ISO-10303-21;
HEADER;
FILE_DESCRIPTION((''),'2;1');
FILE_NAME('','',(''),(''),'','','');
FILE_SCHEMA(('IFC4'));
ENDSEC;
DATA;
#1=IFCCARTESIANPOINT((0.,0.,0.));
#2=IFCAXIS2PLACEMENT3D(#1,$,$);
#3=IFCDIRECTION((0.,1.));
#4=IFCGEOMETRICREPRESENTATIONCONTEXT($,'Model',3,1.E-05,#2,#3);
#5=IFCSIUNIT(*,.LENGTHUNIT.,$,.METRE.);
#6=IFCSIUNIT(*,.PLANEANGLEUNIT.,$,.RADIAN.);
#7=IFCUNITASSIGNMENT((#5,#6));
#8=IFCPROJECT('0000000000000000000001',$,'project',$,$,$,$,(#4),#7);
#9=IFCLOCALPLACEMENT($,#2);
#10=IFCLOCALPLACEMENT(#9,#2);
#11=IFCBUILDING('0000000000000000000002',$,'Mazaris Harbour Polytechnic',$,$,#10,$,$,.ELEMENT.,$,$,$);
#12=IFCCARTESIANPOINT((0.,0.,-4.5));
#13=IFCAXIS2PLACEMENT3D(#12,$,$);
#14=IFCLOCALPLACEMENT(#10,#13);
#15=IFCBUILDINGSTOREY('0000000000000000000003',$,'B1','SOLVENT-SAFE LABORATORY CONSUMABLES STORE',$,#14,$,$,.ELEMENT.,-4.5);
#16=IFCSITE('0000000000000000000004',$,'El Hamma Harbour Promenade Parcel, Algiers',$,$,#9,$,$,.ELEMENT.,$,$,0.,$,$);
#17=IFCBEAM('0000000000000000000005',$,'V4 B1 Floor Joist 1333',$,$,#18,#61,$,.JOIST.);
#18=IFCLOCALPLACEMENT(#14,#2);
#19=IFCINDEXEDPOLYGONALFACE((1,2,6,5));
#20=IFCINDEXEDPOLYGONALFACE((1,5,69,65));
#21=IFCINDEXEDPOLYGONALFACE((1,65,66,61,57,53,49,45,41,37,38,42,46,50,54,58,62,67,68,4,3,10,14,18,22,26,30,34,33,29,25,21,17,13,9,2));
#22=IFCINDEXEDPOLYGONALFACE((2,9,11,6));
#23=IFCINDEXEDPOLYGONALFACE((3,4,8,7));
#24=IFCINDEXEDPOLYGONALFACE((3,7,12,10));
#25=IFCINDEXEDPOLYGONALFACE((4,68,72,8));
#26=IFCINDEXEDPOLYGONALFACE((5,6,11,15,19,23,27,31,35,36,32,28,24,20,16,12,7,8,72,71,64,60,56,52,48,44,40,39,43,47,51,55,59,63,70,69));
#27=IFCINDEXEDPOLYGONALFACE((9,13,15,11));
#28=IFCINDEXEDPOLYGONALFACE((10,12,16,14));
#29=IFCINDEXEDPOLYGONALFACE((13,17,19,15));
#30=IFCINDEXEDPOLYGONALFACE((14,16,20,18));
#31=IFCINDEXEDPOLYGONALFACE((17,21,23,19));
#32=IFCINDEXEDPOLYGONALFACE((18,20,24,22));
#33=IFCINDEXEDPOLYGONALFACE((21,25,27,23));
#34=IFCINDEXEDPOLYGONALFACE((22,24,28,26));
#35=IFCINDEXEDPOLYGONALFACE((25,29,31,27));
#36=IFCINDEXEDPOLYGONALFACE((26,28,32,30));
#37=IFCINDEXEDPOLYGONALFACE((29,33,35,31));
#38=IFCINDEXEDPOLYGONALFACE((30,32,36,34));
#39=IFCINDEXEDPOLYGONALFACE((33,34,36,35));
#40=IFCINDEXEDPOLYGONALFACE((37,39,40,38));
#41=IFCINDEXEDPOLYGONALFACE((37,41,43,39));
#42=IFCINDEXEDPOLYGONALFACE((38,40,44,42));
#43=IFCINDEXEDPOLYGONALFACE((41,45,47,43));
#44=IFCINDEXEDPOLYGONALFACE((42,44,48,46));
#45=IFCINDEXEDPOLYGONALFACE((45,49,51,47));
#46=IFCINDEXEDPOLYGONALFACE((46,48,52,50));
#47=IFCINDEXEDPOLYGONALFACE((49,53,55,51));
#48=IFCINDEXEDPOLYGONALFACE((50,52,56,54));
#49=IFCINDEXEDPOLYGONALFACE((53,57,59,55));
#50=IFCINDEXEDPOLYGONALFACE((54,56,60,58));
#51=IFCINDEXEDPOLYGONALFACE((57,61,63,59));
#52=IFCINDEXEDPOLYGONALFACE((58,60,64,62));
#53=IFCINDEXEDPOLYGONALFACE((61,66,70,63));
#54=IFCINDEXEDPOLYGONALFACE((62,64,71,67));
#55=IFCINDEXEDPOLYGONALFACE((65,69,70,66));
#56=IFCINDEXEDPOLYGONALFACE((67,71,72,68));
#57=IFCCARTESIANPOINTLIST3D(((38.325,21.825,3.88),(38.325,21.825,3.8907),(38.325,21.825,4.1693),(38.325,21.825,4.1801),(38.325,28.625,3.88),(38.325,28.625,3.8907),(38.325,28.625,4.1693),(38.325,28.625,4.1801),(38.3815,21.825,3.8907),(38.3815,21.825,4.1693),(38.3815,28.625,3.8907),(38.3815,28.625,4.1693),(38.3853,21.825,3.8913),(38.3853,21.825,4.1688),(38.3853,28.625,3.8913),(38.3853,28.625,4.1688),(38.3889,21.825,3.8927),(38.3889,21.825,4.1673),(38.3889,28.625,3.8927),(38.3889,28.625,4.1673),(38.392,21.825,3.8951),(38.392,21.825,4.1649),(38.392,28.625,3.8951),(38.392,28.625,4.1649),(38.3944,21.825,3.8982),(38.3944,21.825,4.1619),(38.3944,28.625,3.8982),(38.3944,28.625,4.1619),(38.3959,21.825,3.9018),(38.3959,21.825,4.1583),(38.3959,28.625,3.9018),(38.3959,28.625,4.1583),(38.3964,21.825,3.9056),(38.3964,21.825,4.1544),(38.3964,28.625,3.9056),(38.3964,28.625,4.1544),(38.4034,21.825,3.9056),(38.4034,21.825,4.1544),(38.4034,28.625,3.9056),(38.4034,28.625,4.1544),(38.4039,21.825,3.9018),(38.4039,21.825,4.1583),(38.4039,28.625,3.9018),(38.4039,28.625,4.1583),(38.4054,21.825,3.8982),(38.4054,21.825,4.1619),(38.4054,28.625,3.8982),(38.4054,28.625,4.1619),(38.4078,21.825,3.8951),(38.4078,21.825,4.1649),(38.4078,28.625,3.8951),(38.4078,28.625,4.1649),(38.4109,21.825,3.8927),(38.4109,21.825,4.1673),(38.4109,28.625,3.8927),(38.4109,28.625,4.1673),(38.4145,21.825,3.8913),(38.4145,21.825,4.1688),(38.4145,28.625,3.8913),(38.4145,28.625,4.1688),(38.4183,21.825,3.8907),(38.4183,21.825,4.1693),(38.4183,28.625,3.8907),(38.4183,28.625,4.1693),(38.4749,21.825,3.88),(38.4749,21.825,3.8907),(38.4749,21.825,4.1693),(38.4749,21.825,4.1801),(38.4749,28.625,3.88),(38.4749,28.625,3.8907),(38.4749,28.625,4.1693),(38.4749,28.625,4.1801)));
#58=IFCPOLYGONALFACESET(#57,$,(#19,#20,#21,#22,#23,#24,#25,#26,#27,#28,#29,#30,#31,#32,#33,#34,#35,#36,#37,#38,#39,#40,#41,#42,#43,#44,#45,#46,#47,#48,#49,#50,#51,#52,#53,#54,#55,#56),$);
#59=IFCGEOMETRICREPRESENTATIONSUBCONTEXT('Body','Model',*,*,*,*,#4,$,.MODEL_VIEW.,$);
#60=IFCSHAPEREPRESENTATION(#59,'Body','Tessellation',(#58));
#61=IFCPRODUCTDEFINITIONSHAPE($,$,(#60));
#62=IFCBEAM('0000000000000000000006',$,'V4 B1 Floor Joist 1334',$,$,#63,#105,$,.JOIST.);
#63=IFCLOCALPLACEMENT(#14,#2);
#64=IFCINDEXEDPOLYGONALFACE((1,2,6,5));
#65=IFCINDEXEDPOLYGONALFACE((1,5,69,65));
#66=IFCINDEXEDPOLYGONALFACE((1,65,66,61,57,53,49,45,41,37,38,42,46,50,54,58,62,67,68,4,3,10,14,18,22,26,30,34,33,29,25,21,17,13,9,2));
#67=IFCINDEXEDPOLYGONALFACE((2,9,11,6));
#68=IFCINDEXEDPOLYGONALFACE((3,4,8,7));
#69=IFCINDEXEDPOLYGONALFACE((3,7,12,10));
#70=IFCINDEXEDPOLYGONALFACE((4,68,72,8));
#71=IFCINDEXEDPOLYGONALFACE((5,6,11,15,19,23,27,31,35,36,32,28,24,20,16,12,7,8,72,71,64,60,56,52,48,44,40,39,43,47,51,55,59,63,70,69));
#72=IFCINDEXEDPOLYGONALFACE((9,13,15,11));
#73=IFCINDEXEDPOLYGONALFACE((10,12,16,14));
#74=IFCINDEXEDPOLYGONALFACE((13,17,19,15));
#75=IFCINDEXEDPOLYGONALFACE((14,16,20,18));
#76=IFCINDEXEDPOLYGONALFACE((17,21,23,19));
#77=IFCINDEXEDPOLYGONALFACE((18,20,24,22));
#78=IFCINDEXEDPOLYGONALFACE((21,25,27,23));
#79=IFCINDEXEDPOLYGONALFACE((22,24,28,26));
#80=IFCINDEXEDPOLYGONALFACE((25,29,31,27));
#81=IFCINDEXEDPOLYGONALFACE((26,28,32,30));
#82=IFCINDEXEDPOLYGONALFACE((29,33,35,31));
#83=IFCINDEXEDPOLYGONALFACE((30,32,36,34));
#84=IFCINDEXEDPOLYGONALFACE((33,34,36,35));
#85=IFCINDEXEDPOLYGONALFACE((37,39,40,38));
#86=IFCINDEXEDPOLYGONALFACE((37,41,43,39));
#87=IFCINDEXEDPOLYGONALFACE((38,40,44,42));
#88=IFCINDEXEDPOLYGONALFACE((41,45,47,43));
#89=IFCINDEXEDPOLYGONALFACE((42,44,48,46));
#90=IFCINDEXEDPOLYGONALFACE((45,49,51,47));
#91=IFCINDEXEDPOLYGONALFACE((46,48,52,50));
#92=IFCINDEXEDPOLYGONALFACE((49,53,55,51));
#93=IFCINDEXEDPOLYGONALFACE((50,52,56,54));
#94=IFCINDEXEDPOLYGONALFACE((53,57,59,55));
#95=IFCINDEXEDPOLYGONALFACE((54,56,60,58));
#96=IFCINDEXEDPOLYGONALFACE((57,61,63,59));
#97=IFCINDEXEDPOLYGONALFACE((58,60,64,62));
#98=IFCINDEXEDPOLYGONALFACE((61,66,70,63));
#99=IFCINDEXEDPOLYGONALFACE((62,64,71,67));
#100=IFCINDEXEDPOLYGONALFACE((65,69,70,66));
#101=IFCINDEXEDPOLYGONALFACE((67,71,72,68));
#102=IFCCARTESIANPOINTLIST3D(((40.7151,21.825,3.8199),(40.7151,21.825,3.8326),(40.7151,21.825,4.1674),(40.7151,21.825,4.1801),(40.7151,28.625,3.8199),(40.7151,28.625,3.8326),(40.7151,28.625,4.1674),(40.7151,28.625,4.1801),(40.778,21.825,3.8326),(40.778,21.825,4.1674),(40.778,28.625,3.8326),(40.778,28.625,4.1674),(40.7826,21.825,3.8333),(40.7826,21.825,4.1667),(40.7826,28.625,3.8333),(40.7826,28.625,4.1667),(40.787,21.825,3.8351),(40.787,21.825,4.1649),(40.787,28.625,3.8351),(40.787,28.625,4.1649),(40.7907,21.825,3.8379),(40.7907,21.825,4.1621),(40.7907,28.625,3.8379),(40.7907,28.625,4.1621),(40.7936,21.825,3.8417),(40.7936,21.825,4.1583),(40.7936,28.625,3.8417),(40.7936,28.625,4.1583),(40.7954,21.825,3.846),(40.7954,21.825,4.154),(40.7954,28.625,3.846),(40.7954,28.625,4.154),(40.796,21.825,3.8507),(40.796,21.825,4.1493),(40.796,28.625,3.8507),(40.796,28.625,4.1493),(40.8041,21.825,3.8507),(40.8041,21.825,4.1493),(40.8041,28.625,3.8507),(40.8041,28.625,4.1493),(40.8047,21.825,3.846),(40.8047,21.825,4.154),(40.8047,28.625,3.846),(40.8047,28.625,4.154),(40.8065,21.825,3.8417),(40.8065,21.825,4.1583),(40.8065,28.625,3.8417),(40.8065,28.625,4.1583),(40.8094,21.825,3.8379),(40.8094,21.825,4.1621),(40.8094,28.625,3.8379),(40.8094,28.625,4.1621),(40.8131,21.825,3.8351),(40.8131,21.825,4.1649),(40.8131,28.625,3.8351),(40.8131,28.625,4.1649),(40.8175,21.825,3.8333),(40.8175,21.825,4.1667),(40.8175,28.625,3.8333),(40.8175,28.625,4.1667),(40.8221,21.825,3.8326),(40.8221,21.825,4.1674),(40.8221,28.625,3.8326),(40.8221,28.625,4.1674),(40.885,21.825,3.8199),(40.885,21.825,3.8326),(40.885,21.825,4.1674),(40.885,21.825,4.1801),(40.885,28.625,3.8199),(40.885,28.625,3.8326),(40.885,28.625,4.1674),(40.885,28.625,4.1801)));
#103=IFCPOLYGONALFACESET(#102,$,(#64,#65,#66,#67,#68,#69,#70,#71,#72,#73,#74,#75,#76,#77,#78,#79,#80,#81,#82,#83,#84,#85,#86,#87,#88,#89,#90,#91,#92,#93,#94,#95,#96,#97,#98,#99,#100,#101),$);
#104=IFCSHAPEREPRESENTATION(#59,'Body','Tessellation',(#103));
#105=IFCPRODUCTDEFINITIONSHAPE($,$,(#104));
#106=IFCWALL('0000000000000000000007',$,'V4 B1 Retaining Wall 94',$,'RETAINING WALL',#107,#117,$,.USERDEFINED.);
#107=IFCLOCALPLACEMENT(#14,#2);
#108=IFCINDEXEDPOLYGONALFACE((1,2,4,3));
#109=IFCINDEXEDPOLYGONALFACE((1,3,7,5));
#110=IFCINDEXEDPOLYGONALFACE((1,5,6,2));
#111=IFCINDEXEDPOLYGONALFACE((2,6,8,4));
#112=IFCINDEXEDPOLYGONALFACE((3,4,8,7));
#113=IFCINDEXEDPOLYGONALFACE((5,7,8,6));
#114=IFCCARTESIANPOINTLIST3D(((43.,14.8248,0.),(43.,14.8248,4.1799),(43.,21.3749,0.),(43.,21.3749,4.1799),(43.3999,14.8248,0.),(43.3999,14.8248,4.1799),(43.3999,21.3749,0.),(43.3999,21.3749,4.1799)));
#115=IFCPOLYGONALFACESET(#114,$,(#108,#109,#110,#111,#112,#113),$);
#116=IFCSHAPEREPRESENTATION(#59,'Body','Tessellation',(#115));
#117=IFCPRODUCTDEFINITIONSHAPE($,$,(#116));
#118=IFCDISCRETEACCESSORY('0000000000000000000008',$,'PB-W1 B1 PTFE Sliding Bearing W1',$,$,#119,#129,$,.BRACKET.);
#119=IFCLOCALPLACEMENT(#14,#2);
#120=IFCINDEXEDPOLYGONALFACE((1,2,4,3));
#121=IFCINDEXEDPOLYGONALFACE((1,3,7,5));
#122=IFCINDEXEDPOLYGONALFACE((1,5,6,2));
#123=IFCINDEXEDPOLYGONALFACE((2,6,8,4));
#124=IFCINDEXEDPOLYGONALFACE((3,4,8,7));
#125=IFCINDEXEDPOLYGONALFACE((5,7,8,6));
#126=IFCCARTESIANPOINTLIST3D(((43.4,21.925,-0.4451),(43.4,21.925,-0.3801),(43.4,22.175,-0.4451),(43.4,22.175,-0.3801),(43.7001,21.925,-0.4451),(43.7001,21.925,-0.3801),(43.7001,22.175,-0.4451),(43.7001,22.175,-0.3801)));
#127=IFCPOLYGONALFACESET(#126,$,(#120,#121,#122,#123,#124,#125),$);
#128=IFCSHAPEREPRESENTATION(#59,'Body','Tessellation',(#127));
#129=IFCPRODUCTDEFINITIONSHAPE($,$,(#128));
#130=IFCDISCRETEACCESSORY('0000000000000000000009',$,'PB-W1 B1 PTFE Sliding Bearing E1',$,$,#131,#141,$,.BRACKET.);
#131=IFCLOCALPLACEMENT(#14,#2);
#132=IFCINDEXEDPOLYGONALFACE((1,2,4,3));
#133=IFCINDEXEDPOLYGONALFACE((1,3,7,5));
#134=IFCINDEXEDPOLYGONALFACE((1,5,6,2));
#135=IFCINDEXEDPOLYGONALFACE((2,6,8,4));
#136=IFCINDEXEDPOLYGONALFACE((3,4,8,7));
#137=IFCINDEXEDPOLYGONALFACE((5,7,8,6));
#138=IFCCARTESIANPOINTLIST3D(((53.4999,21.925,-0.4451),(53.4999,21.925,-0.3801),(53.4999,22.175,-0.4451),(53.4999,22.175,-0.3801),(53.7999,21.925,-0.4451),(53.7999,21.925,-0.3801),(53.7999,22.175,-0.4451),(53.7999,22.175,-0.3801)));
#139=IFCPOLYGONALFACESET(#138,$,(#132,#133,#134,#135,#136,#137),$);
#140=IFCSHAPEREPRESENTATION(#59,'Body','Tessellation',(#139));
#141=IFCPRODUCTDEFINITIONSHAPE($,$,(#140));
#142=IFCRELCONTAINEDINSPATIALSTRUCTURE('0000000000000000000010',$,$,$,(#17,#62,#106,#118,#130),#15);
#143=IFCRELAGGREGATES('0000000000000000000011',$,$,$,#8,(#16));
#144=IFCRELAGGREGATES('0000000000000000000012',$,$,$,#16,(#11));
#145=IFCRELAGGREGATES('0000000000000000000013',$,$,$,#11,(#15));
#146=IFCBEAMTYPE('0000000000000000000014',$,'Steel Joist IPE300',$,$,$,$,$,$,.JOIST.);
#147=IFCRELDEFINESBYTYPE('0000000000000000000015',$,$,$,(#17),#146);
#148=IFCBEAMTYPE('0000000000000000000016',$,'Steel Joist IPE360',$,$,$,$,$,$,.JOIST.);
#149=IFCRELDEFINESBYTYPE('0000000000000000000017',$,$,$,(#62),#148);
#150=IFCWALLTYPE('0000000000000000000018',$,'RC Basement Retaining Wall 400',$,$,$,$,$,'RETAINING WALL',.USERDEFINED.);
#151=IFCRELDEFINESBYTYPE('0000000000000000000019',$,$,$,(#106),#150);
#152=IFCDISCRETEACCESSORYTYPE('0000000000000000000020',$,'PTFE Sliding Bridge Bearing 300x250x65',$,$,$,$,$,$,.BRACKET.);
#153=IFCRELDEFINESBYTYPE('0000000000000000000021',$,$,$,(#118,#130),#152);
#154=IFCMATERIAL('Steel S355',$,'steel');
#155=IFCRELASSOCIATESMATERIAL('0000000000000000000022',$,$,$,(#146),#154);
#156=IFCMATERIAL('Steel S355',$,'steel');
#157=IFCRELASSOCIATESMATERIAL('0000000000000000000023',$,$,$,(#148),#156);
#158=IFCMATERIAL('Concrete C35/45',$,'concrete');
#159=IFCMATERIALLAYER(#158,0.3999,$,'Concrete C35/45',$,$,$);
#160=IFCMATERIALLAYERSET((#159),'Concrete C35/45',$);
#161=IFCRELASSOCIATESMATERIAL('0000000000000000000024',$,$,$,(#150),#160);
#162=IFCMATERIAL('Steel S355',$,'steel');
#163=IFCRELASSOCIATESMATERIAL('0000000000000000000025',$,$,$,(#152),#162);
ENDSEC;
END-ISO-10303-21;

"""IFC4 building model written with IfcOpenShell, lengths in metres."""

from ifc_helpers import new_model, si_unit, direction, frame, frame_2d, origin, origin_2d, place, context, subcontext, project, spatial, rectangle, i_section, extrude, material, layer, layer_set, material_profile, profile_set, type_object, element, save


model = new_model("IFC4")

# Units and contexts
model_context = context("Model", 3, precision=1e-05, world=origin(), true_north=direction((0.0, 1.0)))
body_context = subcontext(model_context, "Body", "Model", "MODEL_VIEW")
ifc_project = project(units=[si_unit("LENGTHUNIT", "METRE"), si_unit("PLANEANGLEUNIT", "RADIAN")], contexts=[model_context])

# Site, building, storey
site_placement = place(None, origin())
site = spatial("IfcSite", under=ifc_project, at=site_placement, Name="El Hamma Harbour Promenade Parcel, Algiers", CompositionType="ELEMENT", RefElevation=0.0)
building_placement = place(site_placement, origin())
building = spatial("IfcBuilding", under=site, at=building_placement, Name="Mazaris Harbour Polytechnic", CompositionType="ELEMENT")
storey_placement = place(building_placement, frame((0.0, 0.0, -4.5)))
storey = spatial("IfcBuildingStorey", under=building, at=storey_placement, Name="B1", Description="SOLVENT-SAFE LABORATORY CONSUMABLES STORE", CompositionType="ELEMENT", Elevation=-4.5)

# Beams
ifc_material_1 = material(Name="Steel S355", Category="steel")
ifc_material_profile_1 = material_profile(ifc_material_1, i_section(OverallWidth=0.1499, OverallDepth=0.3, WebThickness=0.0071, FlangeThickness=0.0107, FilletRadius=0.0149, at=origin_2d()), Name="IPE 300")
ifc_profile_set_1 = profile_set([ifc_material_profile_1], Name="Steel S355")
beam_type_1 = type_object("IfcBeamType", Name="Steel Joist IPE300", PredefinedType="JOIST", material=ifc_profile_set_1)
beam_1_placement = place(storey_placement, frame((38.3999, 21.825, 4.03), z_axis=(0.0, 1.0, 0.0), x_axis=(-1.0, 0.0, 0.0)))
element("IfcBeam", 1, at=beam_1_placement, inside=storey, type_object=beam_type_1, Name="V4 B1 Floor Joist 1333", PredefinedType="JOIST", context=body_context, shape_type="SweptSolid", body=[
    extrude(i_section(OverallWidth=0.1499, OverallDepth=0.3, WebThickness=0.0071, FlangeThickness=0.0107, FilletRadius=0.0149, at=origin_2d()), origin(), (0.0, 0.0, 1.0), 6.8),
])
ifc_material_2 = material(Name="Steel S355", Category="steel")
ifc_material_profile_2 = material_profile(ifc_material_2, i_section(OverallWidth=0.1699, OverallDepth=0.3601, WebThickness=0.0081, FlangeThickness=0.0127, FilletRadius=0.0181, at=origin_2d()), Name="IPE 360")
ifc_profile_set_2 = profile_set([ifc_material_profile_2], Name="Steel S355")
beam_type_2 = type_object("IfcBeamType", Name="Steel Joist IPE360", PredefinedType="JOIST", material=ifc_profile_set_2)
beam_2_placement = place(storey_placement, frame((40.8, 21.825, 4.0), z_axis=(0.0, 1.0, 0.0), x_axis=(-1.0, 0.0, 0.0)))
element("IfcBeam", 2, at=beam_2_placement, inside=storey, type_object=beam_type_2, Name="V4 B1 Floor Joist 1334", PredefinedType="JOIST", context=body_context, shape_type="SweptSolid", body=[
    extrude(i_section(OverallWidth=0.1699, OverallDepth=0.3601, WebThickness=0.0081, FlangeThickness=0.0127, FilletRadius=0.0181, at=origin_2d()), origin(), (0.0, 0.0, 1.0), 6.8),
])

# Wall
ifc_material_3 = material(Name="Concrete C35/45", Category="concrete")
ifc_layer = layer(ifc_material_3, 0.3999, Name="Concrete C35/45")
ifc_layer_set = layer_set([ifc_layer], Name="Concrete C35/45")
wall_type = type_object("IfcWallType", Name="RC Basement Retaining Wall 400", ElementType="RETAINING WALL", PredefinedType="USERDEFINED", material=ifc_layer_set)
wall_placement = place(storey_placement, frame((43.2, 14.825, 0.0), z_axis=(0.0, 0.0, 1.0), x_axis=(0.0, 1.0, 0.0)))
element("IfcWall", 3, at=wall_placement, inside=storey, type_object=wall_type, Name="V4 B1 Retaining Wall 94", ObjectType="RETAINING WALL", PredefinedType="USERDEFINED", context=body_context, shape_type="SweptSolid", body=[
    extrude(rectangle(XDim=6.55, YDim=0.3999, at=frame_2d((3.2749, 0.0))), origin(), (0.0, 0.0, 1.0), 4.1799),
])

# Discrete accessories
ifc_material_4 = material(Name="Steel S355", Category="steel")
discrete_accessory_type = type_object("IfcDiscreteAccessoryType", Name="PTFE Sliding Bridge Bearing 300x250x65", PredefinedType="BRACKET", material=ifc_material_4)
for number, where, z_axis, x_axis, name in (
    (4, (43.55, 22.05, -0.4451), (0.0, 0.0, 1.0), (1.0, 0.0, 0.0), "PB-W1 B1 PTFE Sliding Bearing W1"),
    (5, (53.6499, 22.05, -0.4451), (0.0, 0.0, 1.0), (1.0, 0.0, 0.0), "PB-W1 B1 PTFE Sliding Bearing E1"),
):
    element("IfcDiscreteAccessory", number, at=place(storey_placement, frame(where, z_axis=z_axis, x_axis=x_axis)), inside=storey, type_object=discrete_accessory_type, Name=name, PredefinedType="BRACKET", context=body_context, shape_type="SweptSolid", body=[
        extrude(rectangle(XDim=0.3, YDim=0.25, at=origin_2d()), origin(), (0.0, 0.0, 1.0), 0.0649),
    ])

save(model, "model.ifc")
